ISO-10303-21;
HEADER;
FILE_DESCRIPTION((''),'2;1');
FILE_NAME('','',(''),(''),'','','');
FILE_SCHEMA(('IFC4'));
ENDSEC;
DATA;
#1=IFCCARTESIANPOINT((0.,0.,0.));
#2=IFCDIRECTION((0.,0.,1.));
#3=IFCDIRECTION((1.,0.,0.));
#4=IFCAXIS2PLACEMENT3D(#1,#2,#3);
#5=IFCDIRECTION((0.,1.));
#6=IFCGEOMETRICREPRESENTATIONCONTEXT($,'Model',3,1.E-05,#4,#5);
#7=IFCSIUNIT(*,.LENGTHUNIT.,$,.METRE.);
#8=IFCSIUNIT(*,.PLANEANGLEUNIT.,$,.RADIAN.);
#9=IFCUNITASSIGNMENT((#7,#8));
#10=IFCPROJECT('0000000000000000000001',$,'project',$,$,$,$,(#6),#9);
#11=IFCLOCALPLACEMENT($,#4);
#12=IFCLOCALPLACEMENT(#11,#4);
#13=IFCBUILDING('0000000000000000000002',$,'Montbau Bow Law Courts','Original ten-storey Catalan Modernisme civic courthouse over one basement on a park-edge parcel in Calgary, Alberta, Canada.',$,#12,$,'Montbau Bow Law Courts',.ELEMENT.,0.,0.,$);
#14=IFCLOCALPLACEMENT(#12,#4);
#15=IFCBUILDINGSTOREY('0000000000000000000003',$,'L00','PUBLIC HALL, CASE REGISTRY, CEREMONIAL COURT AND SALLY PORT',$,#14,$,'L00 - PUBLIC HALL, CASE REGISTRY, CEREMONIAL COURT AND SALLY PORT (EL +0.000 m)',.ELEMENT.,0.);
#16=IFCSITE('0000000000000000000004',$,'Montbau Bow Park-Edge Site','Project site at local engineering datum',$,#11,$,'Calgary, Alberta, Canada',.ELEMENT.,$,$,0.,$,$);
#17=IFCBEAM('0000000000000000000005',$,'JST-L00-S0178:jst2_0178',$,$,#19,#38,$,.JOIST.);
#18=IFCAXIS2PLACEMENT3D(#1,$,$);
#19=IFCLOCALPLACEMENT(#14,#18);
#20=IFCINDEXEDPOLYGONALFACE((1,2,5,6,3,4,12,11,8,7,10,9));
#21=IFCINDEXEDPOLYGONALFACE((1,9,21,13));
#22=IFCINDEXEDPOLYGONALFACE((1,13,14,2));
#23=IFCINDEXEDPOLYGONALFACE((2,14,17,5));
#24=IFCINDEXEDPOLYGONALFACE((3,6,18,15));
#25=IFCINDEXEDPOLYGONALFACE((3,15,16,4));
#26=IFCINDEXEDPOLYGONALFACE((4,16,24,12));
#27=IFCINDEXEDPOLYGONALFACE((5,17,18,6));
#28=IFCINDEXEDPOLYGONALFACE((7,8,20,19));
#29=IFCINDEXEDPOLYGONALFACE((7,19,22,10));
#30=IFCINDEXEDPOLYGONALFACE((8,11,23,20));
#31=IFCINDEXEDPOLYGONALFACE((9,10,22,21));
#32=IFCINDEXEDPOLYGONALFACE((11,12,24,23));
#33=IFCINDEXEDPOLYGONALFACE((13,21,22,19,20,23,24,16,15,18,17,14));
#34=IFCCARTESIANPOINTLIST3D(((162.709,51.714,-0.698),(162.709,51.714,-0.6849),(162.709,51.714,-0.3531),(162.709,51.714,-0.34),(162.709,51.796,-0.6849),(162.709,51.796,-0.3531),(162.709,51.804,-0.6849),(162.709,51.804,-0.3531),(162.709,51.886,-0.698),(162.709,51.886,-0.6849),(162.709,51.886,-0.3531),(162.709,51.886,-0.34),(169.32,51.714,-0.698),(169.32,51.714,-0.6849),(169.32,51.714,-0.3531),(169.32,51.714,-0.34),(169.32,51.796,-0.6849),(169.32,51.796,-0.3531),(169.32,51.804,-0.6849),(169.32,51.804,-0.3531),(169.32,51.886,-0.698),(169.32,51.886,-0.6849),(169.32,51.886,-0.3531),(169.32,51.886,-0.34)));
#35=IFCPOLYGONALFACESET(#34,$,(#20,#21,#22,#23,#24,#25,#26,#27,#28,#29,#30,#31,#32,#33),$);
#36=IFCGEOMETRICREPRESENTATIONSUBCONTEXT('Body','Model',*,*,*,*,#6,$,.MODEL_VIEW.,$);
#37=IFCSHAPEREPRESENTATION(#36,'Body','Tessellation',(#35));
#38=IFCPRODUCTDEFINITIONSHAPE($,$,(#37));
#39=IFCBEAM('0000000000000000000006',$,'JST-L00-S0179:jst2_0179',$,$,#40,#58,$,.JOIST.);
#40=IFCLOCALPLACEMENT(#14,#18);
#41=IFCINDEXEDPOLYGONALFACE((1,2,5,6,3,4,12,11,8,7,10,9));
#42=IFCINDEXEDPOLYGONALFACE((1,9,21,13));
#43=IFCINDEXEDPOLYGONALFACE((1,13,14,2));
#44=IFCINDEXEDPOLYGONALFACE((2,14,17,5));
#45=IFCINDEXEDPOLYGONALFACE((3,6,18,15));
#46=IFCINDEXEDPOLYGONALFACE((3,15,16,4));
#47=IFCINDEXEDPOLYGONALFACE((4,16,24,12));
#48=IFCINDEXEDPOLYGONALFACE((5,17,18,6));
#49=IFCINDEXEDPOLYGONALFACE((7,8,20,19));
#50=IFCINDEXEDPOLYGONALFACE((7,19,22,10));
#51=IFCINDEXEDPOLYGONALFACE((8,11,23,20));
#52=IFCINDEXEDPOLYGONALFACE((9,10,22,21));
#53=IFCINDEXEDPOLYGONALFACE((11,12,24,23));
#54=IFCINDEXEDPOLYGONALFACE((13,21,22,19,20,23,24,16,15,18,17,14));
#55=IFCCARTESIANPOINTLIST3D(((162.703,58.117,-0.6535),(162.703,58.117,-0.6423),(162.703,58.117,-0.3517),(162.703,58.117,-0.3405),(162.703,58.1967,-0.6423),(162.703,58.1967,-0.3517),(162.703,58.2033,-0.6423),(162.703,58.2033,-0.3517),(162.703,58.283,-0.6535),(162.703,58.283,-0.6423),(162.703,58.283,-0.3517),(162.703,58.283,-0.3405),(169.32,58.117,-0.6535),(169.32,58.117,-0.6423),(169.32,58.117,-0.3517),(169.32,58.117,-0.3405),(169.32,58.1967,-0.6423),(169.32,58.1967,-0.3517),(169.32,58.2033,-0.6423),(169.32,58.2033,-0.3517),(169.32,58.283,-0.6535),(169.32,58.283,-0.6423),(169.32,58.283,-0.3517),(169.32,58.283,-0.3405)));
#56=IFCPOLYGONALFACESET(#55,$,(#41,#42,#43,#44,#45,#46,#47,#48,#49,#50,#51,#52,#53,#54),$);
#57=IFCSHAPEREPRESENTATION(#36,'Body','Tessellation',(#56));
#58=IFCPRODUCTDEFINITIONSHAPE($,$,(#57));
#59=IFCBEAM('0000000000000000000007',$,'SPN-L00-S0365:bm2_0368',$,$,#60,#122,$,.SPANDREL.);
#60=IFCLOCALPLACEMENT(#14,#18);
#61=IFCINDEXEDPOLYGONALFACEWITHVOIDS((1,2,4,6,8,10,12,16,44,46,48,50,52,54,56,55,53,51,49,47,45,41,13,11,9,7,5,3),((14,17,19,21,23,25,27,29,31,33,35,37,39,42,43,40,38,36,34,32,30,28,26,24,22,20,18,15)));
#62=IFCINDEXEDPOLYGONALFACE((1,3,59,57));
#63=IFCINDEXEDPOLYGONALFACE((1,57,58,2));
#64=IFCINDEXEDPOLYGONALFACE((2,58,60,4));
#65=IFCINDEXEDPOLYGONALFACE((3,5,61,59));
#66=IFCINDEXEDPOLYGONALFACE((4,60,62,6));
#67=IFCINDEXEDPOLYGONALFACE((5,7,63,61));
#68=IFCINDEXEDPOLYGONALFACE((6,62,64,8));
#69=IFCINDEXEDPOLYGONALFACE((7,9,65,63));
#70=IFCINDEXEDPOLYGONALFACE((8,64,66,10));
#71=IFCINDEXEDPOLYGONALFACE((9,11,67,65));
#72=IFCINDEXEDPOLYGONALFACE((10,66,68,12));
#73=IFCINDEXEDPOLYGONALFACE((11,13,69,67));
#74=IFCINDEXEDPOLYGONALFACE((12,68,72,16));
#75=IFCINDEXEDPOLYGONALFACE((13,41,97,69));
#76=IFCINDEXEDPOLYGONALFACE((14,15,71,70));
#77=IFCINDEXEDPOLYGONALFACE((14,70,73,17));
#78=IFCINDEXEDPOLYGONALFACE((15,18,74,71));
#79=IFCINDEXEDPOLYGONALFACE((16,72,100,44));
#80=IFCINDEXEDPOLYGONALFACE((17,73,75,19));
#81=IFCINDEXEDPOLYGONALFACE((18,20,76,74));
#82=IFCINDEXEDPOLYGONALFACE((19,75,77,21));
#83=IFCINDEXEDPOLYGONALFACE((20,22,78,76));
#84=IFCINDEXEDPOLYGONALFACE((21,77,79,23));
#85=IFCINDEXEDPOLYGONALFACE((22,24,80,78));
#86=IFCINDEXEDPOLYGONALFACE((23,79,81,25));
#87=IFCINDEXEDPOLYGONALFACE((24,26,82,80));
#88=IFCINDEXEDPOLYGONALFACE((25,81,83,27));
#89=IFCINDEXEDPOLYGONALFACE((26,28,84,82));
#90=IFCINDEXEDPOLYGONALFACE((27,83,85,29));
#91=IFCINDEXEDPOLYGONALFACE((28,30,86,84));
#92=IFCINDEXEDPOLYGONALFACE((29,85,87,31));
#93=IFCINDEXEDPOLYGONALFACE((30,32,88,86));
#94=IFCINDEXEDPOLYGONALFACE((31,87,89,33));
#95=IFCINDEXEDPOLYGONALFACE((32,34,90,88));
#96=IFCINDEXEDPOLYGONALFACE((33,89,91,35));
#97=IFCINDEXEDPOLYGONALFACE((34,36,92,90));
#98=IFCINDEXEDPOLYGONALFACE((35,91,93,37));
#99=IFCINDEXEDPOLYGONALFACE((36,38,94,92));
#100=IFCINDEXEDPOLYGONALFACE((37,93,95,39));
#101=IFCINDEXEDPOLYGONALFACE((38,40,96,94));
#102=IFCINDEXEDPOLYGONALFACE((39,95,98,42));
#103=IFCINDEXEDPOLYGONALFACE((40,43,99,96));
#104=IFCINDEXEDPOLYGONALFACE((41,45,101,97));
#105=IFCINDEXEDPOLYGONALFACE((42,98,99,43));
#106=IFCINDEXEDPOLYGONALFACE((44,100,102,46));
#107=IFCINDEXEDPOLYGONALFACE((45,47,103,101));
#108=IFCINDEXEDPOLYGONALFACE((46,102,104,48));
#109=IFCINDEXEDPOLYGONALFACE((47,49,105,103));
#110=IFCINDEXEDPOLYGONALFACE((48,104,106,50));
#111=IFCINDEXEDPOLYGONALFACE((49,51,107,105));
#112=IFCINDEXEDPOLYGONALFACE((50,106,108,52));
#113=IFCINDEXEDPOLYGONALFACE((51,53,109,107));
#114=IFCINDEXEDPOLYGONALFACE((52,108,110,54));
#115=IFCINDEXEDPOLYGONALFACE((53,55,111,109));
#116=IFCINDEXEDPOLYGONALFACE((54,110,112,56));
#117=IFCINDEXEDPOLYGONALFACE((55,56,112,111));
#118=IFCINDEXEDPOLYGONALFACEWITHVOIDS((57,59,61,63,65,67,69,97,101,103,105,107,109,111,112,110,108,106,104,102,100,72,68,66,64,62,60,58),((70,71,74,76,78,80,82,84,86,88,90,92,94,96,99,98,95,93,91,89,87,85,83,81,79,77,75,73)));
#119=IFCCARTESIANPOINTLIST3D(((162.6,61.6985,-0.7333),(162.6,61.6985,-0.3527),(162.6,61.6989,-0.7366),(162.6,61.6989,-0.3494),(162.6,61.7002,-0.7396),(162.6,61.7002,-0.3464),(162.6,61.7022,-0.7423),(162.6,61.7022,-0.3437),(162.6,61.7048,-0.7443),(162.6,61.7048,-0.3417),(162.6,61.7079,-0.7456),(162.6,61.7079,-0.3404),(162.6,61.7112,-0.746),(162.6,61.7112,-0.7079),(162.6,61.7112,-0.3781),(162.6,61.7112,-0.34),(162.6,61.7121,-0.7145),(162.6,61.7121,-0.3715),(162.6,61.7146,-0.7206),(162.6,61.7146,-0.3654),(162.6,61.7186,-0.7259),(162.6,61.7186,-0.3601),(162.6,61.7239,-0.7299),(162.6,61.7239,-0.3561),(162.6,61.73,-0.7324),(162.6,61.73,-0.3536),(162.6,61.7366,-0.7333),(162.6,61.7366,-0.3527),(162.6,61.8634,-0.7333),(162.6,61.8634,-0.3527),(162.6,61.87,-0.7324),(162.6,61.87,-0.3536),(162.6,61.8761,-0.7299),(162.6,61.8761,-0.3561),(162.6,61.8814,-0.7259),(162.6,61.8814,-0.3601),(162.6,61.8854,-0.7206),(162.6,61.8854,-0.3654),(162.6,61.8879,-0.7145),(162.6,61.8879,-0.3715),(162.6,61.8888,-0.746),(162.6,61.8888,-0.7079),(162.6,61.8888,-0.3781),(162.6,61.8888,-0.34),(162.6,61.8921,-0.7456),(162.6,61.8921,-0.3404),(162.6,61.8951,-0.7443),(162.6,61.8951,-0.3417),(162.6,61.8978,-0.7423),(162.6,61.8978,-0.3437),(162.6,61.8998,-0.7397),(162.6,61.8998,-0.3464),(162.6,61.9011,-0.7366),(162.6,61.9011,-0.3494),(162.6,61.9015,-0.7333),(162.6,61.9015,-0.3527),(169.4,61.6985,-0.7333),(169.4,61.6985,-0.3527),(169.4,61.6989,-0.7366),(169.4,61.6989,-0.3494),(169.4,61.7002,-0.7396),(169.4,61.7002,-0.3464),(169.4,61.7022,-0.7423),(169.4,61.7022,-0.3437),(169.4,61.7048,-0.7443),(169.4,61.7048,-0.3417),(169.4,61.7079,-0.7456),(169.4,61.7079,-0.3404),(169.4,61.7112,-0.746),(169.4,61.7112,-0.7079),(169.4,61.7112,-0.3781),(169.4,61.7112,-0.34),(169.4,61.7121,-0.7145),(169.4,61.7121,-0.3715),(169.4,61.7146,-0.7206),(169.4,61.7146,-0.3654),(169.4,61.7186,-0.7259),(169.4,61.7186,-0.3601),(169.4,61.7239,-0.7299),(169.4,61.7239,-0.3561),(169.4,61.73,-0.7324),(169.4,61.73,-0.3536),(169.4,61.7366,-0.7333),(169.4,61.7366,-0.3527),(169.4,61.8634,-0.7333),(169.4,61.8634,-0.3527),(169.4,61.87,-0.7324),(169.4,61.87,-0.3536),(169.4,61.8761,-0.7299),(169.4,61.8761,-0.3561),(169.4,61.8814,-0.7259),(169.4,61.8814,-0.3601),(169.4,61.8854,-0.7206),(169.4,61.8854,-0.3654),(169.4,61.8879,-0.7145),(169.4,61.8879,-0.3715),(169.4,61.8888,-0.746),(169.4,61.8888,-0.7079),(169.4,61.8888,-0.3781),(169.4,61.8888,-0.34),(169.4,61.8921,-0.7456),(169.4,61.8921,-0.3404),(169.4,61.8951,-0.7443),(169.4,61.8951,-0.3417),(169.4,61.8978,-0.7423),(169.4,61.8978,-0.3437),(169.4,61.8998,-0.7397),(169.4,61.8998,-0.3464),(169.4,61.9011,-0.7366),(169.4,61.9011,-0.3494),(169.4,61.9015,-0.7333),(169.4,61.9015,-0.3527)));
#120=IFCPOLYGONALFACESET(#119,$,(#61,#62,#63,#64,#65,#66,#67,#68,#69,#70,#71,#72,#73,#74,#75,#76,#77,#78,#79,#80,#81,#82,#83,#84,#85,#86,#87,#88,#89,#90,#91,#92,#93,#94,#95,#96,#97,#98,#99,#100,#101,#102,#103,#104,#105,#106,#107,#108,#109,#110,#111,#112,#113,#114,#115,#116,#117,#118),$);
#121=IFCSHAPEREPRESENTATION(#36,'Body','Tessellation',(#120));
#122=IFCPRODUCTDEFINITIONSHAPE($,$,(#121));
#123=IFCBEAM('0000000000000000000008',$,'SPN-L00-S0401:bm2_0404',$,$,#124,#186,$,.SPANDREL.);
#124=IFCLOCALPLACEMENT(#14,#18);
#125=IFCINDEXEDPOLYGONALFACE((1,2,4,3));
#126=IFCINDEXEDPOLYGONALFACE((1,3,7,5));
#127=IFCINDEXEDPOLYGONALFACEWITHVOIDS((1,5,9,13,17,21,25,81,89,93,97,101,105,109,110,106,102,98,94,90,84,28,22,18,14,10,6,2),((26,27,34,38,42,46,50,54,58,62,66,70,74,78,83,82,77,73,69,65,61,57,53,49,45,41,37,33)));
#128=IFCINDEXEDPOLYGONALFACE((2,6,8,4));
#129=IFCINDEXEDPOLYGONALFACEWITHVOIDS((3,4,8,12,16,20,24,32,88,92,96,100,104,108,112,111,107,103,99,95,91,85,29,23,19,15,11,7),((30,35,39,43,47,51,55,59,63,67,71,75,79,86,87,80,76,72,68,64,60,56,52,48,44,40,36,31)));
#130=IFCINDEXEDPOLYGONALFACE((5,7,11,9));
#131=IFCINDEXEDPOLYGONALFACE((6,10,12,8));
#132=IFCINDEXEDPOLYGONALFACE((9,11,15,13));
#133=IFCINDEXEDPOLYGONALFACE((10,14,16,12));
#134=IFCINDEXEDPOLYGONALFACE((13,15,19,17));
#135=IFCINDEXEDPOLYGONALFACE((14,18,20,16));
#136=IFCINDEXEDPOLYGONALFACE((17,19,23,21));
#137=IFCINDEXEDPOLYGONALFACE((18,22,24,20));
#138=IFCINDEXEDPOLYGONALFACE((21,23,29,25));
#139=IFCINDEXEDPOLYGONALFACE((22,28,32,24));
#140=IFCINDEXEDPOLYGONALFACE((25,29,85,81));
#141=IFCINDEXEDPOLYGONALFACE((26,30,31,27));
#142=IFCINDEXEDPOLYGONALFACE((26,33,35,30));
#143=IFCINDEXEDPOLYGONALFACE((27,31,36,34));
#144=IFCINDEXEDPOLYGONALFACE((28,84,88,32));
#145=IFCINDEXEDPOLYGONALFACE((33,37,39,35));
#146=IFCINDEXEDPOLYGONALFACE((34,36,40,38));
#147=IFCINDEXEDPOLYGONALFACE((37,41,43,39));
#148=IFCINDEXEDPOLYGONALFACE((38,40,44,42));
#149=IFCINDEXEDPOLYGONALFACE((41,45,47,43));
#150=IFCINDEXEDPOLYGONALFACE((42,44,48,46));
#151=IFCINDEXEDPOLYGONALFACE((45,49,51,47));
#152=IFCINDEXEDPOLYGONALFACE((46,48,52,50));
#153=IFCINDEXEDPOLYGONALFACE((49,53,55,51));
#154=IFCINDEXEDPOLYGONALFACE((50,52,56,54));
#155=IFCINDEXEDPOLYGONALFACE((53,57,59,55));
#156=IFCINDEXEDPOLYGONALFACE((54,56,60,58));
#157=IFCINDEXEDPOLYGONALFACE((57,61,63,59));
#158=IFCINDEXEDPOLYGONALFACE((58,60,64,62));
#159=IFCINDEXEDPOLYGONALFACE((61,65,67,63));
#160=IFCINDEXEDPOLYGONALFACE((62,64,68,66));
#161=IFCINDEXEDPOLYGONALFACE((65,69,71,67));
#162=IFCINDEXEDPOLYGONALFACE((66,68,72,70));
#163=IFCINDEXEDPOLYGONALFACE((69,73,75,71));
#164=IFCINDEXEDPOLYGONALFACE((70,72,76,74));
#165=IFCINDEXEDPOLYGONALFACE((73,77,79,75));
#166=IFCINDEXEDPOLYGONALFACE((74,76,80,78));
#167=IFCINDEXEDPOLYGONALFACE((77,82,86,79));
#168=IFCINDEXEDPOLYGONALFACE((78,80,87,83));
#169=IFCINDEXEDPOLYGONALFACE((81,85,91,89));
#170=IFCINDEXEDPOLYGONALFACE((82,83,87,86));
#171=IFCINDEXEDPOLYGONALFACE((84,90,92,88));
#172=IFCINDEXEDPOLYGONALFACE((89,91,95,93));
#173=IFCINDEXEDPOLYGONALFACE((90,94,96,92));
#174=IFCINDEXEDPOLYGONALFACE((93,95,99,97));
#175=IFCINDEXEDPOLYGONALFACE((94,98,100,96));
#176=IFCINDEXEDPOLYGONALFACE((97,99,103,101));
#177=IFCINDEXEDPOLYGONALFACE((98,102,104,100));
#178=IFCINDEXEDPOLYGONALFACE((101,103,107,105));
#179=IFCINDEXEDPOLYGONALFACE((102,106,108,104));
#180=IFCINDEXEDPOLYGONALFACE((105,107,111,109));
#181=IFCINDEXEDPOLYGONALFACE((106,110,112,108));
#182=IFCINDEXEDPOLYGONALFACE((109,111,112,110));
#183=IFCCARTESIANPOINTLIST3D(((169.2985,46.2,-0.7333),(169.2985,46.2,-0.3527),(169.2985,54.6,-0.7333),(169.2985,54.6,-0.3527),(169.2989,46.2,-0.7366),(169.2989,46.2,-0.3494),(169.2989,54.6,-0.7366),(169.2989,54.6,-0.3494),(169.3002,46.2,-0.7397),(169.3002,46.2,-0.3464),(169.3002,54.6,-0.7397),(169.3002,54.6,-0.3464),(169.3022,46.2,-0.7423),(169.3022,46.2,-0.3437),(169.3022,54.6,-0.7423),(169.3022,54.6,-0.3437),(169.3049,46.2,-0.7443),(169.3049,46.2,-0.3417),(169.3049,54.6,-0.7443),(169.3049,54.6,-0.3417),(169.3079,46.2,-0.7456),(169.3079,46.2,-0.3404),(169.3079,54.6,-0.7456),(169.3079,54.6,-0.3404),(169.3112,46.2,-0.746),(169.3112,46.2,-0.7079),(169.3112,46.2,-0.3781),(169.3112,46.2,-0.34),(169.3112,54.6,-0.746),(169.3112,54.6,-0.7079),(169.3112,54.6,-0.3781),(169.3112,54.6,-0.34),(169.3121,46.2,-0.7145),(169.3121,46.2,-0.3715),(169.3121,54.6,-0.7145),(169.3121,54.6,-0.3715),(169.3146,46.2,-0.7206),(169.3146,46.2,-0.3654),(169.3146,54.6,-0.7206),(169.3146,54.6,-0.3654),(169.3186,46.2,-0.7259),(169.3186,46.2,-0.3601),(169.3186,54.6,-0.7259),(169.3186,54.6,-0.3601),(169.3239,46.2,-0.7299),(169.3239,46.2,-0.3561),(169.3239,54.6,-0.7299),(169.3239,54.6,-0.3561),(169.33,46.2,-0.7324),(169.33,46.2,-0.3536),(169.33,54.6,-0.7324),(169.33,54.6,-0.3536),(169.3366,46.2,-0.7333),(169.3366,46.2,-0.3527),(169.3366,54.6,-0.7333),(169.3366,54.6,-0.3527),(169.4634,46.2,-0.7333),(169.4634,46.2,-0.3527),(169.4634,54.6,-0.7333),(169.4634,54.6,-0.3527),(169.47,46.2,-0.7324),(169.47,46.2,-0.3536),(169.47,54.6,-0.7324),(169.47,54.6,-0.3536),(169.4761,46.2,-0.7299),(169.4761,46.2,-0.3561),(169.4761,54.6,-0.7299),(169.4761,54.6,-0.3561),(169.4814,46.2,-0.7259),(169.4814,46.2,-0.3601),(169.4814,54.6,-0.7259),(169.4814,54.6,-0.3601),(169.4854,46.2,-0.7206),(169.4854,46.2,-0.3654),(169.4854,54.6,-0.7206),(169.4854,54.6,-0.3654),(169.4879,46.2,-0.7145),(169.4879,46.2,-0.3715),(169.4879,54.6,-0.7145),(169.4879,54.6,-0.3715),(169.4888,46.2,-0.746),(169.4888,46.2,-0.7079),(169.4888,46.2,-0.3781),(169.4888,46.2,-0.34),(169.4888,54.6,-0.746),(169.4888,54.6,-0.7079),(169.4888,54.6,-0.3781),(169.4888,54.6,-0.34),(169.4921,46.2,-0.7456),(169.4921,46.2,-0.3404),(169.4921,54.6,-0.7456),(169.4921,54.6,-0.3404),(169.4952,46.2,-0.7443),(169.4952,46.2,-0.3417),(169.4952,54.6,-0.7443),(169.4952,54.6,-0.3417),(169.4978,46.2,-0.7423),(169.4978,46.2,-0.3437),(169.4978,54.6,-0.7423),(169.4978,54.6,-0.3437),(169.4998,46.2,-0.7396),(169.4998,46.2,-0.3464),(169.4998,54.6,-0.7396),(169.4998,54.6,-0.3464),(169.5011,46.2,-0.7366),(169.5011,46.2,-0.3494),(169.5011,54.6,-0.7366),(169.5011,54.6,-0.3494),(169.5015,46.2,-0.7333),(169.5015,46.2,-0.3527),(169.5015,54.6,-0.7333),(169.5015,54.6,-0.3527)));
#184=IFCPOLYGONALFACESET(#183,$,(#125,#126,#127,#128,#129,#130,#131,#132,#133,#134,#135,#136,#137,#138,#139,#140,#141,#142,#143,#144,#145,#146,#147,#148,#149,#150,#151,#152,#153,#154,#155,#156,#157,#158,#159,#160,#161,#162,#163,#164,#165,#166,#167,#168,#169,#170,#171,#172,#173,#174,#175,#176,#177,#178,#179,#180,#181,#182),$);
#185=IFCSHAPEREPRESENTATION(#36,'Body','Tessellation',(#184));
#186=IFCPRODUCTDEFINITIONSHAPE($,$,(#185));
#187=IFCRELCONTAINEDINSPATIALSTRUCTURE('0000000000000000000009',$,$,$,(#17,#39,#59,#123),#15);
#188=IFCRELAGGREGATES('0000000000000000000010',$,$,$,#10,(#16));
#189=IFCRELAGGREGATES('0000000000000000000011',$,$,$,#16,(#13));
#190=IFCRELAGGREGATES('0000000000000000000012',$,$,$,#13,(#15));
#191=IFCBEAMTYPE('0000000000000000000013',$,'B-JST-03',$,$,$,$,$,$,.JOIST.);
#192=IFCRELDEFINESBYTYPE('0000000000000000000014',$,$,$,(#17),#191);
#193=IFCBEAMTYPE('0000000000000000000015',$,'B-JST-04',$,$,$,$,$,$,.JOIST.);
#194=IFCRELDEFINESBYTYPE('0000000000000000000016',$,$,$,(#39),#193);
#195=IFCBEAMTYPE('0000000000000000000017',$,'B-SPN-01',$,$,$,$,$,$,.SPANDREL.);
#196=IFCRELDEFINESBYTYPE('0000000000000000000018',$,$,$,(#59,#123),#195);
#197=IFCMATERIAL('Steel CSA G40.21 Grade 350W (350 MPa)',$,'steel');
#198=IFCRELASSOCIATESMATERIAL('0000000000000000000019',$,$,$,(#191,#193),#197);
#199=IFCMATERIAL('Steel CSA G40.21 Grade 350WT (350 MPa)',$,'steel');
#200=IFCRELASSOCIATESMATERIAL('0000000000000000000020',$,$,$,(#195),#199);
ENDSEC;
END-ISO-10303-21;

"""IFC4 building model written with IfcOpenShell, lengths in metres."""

from ifc_helpers import new_model, si_unit, direction, frame, origin_with_axes, origin_2d_with_axis, place, context, subcontext, project, spatial, hollow_rectangle, i_section, extrude, material, material_profile, profile_set, type_object, element, save


model = new_model("IFC4")

# Units and contexts
model_context = context("Model", 3, precision=1e-05, world=origin_with_axes(), true_north=direction((0.0, 1.0)))
body_context = subcontext(model_context, "Body", "Model", "MODEL_VIEW")
ifc_project = project(units=[si_unit("LENGTHUNIT", "METRE"), si_unit("PLANEANGLEUNIT", "RADIAN")], contexts=[model_context])

# Site, building, storey
site_placement = place(None, origin_with_axes())
site = spatial("IfcSite", under=ifc_project, at=site_placement, Name="Montbau Bow Park-Edge Site", Description="Project site at local engineering datum", LongName="Calgary, Alberta, Canada", CompositionType="ELEMENT", RefElevation=0.0)
building_placement = place(site_placement, origin_with_axes())
building = spatial("IfcBuilding", under=site, at=building_placement, Name="Montbau Bow Law Courts", Description="Original ten-storey Catalan Modernisme civic courthouse over one basement on a park-edge parcel in Calgary, Alberta, Canada.", LongName="Montbau Bow Law Courts", CompositionType="ELEMENT", ElevationOfRefHeight=0.0, ElevationOfTerrain=0.0)
storey_placement = place(building_placement, origin_with_axes())
storey = spatial("IfcBuildingStorey", under=building, at=storey_placement, Name="L00", Description="PUBLIC HALL, CASE REGISTRY, CEREMONIAL COURT AND SALLY PORT", LongName="L00 - PUBLIC HALL, CASE REGISTRY, CEREMONIAL COURT AND SALLY PORT (EL +0.000 m)", CompositionType="ELEMENT", Elevation=0.0)

# Shared definitions
ifc_material_1 = material(Name="Steel CSA G40.21 Grade 350WT (350 MPa)", Category="steel")

# Beams
ifc_material_2 = material(Name="Steel CSA G40.21 Grade 350W (350 MPa)", Category="steel")
ifc_material_profile_1 = material_profile(ifc_material_2, i_section(OverallWidth=0.172, OverallDepth=0.358, WebThickness=0.0079, FlangeThickness=0.0131, at=origin_2d_with_axis()), Name="W360X57", Category="Main", Priority=0)
ifc_profile_set_1 = profile_set([ifc_material_profile_1], Name="Steel CSA G40.21 Grade 350W (350 MPa)")
beam_type_1 = type_object("IfcBeamType", Name="B-JST-03", PredefinedType="JOIST", material=ifc_profile_set_1)
beam_1_placement = place(None, frame((162.709, 51.8, -0.519), z_axis=(1.0, 0.0, 0.0), x_axis=(0.0, 1.0, 0.0)))
element("IfcBeam", 1, at=beam_1_placement, inside=storey, type_object=beam_type_1, Name="JST-L00-S0178:jst2_0178", PredefinedType="JOIST", context=body_context, shape_type="SweptSolid", body=[
    extrude(i_section(OverallWidth=0.172, OverallDepth=0.358, WebThickness=0.0079, FlangeThickness=0.0131, at=origin_2d_with_axis()), origin_with_axes(), (0.0, 0.0, 1.0), 6.611),
])
ifc_material_profile_2 = material_profile(ifc_material_2, i_section(OverallWidth=0.166, OverallDepth=0.313, WebThickness=0.0066, FlangeThickness=0.0112, at=origin_2d_with_axis()), Name="W310X45", Category="Main", Priority=0)
ifc_profile_set_2 = profile_set([ifc_material_profile_2], Name="Steel CSA G40.21 Grade 350W (350 MPa)")
beam_type_2 = type_object("IfcBeamType", Name="B-JST-04", PredefinedType="JOIST", material=ifc_profile_set_2)
beam_2_placement = place(None, frame((162.703, 58.2, -0.497), z_axis=(1.0, 0.0, 0.0), x_axis=(0.0, 1.0, 0.0)))
element("IfcBeam", 2, at=beam_2_placement, inside=storey, type_object=beam_type_2, Name="JST-L00-S0179:jst2_0179", PredefinedType="JOIST", context=body_context, shape_type="SweptSolid", body=[
    extrude(i_section(OverallWidth=0.166, OverallDepth=0.313, WebThickness=0.0066, FlangeThickness=0.0112, at=origin_2d_with_axis()), origin_with_axes(), (0.0, 0.0, 1.0), 6.617),
])
ifc_material_profile_3 = material_profile(ifc_material_1, hollow_rectangle(XDim=0.203, YDim=0.406, WallThickness=0.0127, InnerFilletRadius=0.0254, OuterFilletRadius=0.0127, at=origin_2d_with_axis()), Name="HSS406X203X13", Category="Main", Priority=0)
ifc_profile_set_3 = profile_set([ifc_material_profile_3], Name="Steel CSA G40.21 Grade 350WT (350 MPa)")
beam_type_3 = type_object("IfcBeamType", Name="B-SPN-01", PredefinedType="SPANDREL", material=ifc_profile_set_3)
beam_3_placement = place(None, frame((162.6, 61.8, -0.543), z_axis=(1.0, 0.0, 0.0), x_axis=(0.0, 1.0, 0.0)))
element("IfcBeam", 3, at=beam_3_placement, inside=storey, type_object=beam_type_3, Name="SPN-L00-S0365:bm2_0368", PredefinedType="SPANDREL", context=body_context, shape_type="SweptSolid", body=[
    extrude(hollow_rectangle(XDim=0.203, YDim=0.406, WallThickness=0.0127, InnerFilletRadius=0.0254, OuterFilletRadius=0.0127, at=origin_2d_with_axis()), origin_with_axes(), (0.0, 0.0, 1.0), 6.8),
])
beam_4_placement = place(None, frame((169.4, 46.2, -0.543), z_axis=(0.0, 1.0, 0.0), x_axis=(-1.0, 0.0, 0.0)))
element("IfcBeam", 4, at=beam_4_placement, inside=storey, type_object=beam_type_3, Name="SPN-L00-S0401:bm2_0404", PredefinedType="SPANDREL", context=body_context, shape_type="SweptSolid", body=[
    extrude(hollow_rectangle(XDim=0.203, YDim=0.406, WallThickness=0.0127, InnerFilletRadius=0.0254, OuterFilletRadius=0.0127, at=origin_2d_with_axis()), origin_with_axes(), (0.0, 0.0, 1.0), 8.4),
])

save(model, "model.ifc")
